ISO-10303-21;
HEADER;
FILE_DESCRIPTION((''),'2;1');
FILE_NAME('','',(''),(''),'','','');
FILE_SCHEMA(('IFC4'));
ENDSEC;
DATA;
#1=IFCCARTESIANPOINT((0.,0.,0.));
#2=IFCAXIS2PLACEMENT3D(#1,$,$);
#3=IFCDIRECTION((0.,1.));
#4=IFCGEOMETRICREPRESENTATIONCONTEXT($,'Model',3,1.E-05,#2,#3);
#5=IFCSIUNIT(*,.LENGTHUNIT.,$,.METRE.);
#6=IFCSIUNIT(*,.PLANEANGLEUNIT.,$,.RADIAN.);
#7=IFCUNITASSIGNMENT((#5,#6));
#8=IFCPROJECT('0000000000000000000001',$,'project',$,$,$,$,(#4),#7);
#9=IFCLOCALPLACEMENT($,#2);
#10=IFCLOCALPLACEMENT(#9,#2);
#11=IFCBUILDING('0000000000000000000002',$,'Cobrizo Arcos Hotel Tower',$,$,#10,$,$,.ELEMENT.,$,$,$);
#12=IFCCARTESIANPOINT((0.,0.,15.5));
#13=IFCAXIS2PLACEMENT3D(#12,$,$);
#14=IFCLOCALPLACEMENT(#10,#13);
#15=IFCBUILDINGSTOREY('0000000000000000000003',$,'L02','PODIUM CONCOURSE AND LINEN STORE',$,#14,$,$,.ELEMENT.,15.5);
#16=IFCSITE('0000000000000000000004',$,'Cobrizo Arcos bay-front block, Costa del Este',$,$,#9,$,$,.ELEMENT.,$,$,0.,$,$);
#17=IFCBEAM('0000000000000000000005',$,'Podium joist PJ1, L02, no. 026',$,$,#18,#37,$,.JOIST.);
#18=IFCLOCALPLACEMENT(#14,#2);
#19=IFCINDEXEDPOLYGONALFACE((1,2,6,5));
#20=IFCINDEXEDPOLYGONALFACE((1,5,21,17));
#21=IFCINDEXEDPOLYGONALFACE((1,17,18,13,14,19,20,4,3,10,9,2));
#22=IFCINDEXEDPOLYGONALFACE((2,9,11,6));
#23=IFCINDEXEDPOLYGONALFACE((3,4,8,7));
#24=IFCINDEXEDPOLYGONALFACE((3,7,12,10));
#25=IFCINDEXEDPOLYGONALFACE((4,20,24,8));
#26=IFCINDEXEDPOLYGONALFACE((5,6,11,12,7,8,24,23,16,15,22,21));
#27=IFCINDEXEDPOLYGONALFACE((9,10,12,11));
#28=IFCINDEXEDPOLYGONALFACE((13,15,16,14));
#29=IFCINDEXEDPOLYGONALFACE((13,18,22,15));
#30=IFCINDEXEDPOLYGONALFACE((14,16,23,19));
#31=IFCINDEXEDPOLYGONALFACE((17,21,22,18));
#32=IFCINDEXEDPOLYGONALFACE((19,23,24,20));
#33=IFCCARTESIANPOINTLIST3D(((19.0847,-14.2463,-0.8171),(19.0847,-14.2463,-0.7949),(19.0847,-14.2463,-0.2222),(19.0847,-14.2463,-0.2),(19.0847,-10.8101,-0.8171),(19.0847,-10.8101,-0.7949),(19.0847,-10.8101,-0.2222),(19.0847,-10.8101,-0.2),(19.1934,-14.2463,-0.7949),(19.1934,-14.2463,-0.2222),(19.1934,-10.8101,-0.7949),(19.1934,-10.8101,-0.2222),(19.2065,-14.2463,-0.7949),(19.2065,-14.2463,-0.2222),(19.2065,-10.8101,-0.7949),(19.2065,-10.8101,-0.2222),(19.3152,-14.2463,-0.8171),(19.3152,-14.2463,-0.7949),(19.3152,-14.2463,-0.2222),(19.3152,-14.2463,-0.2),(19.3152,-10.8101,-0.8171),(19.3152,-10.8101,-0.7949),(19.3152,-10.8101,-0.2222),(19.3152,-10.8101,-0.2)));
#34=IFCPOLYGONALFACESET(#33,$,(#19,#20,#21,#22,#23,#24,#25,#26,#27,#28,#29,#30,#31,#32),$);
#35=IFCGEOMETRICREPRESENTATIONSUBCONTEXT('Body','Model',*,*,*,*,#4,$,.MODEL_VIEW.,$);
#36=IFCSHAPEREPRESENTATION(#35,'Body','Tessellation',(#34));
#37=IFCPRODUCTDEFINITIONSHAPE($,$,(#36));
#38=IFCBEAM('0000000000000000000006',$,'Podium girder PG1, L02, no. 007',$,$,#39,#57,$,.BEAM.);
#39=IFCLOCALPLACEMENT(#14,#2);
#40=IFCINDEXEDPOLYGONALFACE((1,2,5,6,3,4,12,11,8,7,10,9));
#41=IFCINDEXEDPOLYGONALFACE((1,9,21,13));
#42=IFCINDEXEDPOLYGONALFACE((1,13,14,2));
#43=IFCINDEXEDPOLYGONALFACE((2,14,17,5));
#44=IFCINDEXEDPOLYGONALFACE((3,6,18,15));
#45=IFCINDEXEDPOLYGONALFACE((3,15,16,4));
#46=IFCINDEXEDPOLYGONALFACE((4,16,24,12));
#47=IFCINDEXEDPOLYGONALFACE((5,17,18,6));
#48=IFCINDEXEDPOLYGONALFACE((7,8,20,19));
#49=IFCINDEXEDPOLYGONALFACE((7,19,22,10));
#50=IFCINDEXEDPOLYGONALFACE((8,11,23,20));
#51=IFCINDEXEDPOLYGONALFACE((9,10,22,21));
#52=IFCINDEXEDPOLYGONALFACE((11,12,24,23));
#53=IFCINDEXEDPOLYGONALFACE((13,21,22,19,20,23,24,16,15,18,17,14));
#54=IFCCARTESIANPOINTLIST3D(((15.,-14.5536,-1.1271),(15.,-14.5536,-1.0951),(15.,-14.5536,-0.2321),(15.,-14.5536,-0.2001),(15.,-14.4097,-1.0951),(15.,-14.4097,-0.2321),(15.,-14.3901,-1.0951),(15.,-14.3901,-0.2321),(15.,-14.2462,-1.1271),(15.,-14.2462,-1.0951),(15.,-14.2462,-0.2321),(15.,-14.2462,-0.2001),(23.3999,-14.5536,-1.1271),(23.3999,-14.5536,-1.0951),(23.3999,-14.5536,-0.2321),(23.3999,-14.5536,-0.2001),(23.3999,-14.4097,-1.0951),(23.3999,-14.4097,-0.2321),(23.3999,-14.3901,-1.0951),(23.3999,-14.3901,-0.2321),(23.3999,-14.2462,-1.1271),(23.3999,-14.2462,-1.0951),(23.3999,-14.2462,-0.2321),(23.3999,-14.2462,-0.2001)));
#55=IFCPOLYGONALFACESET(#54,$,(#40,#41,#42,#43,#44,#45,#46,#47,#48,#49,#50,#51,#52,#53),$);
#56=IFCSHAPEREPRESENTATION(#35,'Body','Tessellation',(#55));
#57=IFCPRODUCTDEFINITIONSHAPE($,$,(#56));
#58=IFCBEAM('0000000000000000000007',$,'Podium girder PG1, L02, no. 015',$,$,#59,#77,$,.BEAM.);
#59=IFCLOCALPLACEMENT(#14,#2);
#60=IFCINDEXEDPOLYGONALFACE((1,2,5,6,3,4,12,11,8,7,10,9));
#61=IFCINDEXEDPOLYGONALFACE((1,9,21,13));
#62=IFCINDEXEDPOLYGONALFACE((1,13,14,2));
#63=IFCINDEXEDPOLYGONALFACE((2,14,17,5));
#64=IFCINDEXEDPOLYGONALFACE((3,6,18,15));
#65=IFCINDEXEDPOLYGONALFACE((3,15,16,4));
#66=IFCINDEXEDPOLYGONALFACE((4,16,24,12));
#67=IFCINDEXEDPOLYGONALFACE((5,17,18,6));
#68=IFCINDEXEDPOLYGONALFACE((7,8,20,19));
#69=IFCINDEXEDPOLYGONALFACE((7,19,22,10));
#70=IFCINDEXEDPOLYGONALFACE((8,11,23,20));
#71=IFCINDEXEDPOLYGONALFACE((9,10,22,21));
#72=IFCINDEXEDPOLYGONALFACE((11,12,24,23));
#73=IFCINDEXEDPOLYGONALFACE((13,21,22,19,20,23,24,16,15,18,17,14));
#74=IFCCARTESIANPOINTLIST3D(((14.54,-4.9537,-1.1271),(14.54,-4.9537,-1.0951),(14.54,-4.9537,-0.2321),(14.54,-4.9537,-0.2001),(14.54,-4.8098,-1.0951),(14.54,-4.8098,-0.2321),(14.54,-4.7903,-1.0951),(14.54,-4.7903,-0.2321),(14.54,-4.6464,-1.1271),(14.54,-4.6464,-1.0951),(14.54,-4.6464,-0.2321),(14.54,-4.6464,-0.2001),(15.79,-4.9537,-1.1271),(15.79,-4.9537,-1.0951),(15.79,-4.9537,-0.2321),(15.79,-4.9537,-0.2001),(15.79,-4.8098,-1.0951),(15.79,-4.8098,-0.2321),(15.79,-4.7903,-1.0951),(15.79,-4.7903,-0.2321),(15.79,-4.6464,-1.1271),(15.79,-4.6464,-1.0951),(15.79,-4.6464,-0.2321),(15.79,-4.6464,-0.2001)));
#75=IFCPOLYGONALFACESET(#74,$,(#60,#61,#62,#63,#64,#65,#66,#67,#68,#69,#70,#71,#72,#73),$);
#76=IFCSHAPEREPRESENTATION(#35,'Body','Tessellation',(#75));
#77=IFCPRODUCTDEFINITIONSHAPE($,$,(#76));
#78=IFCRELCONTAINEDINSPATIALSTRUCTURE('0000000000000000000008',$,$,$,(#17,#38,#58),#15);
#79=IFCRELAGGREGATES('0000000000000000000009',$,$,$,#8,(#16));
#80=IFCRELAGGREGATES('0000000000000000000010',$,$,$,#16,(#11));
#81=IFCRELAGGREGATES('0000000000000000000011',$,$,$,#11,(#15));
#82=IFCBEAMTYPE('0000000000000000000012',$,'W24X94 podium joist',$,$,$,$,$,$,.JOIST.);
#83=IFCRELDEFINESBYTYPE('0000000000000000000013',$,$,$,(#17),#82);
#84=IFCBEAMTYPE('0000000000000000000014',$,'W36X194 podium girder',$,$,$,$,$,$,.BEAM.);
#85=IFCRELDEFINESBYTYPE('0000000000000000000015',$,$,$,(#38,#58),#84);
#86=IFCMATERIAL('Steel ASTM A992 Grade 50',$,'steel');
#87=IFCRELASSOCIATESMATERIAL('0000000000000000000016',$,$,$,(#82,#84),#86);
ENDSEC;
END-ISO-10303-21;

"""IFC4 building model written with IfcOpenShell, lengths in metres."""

from ifc_helpers import new_model, si_unit, direction, frame, origin, origin_2d, place, context, subcontext, project, spatial, i_section, extrude, material, material_profile, profile_set, type_object, element, save


model = new_model("IFC4")

# Units and contexts
model_context = context("Model", 3, precision=1e-05, world=origin(), true_north=direction((0.0, 1.0)))
body_context = subcontext(model_context, "Body", "Model", "MODEL_VIEW")
ifc_project = project(units=[si_unit("LENGTHUNIT", "METRE"), si_unit("PLANEANGLEUNIT", "RADIAN")], contexts=[model_context])

# Site, building, storey
site_placement = place(None, origin())
site = spatial("IfcSite", under=ifc_project, at=site_placement, Name="Cobrizo Arcos bay-front block, Costa del Este", CompositionType="ELEMENT", RefElevation=0.0)
building_placement = place(site_placement, origin())
building = spatial("IfcBuilding", under=site, at=building_placement, Name="Cobrizo Arcos Hotel Tower", CompositionType="ELEMENT")
storey_placement = place(building_placement, frame((0.0, 0.0, 15.5)))
storey = spatial("IfcBuildingStorey", under=building, at=storey_placement, Name="L02", Description="PODIUM CONCOURSE AND LINEN STORE", CompositionType="ELEMENT", Elevation=15.5)

# Beams
ifc_material_1 = material(Name="Steel ASTM A992 Grade 50", Category="steel")
ifc_material_profile_1 = material_profile(ifc_material_1, i_section(OverallWidth=0.2305, OverallDepth=0.6172, WebThickness=0.0132, FlangeThickness=0.0222, at=origin_2d()), Name="W24X94")
ifc_profile_set_1 = profile_set([ifc_material_profile_1], Name="Steel ASTM A992 Grade 50")
beam_type_1 = type_object("IfcBeamType", Name="W24X94 podium joist", PredefinedType="JOIST", material=ifc_profile_set_1)
beam_1_placement = place(storey_placement, frame((19.2, -14.2463, -0.5085), z_axis=(0.0, 1.0, 0.0), x_axis=(-1.0, 0.0, 0.0)))
element("IfcBeam", 1, at=beam_1_placement, inside=storey, type_object=beam_type_1, Name="Podium joist PJ1, L02, no. 026", PredefinedType="JOIST", context=body_context, shape_type="SweptSolid", body=[
    extrude(i_section(OverallWidth=0.2305, OverallDepth=0.6172, WebThickness=0.0132, FlangeThickness=0.0222, at=origin_2d()), origin(), (0.0, 0.0, 1.0), 3.4363),
])
ifc_material_profile_2 = material_profile(ifc_material_1, i_section(OverallWidth=0.3074, OverallDepth=0.927, WebThickness=0.0195, FlangeThickness=0.032, at=origin_2d()), Name="W36X194")
ifc_profile_set_2 = profile_set([ifc_material_profile_2], Name="Steel ASTM A992 Grade 50")
beam_type_2 = type_object("IfcBeamType", Name="W36X194 podium girder", PredefinedType="BEAM", material=ifc_profile_set_2)
beam_2_placement = place(storey_placement, frame((15.0, -14.3999, -0.6636), z_axis=(1.0, 0.0, 0.0), x_axis=(0.0, 1.0, 0.0)))
element("IfcBeam", 2, at=beam_2_placement, inside=storey, type_object=beam_type_2, Name="Podium girder PG1, L02, no. 007", PredefinedType="BEAM", context=body_context, shape_type="SweptSolid", body=[
    extrude(i_section(OverallWidth=0.3074, OverallDepth=0.927, WebThickness=0.0195, FlangeThickness=0.032, at=origin_2d()), origin(), (0.0, 0.0, 1.0), 8.3999),
])
beam_3_placement = place(storey_placement, frame((14.54, -4.8, -0.6636), z_axis=(1.0, 0.0, 0.0), x_axis=(0.0, 1.0, 0.0)))
element("IfcBeam", 3, at=beam_3_placement, inside=storey, type_object=beam_type_2, Name="Podium girder PG1, L02, no. 015", PredefinedType="BEAM", context=body_context, shape_type="SweptSolid", body=[
    extrude(i_section(OverallWidth=0.3074, OverallDepth=0.927, WebThickness=0.0195, FlangeThickness=0.032, at=origin_2d()), origin(), (0.0, 0.0, 1.0), 1.25),
])

save(model, "model.ifc")
